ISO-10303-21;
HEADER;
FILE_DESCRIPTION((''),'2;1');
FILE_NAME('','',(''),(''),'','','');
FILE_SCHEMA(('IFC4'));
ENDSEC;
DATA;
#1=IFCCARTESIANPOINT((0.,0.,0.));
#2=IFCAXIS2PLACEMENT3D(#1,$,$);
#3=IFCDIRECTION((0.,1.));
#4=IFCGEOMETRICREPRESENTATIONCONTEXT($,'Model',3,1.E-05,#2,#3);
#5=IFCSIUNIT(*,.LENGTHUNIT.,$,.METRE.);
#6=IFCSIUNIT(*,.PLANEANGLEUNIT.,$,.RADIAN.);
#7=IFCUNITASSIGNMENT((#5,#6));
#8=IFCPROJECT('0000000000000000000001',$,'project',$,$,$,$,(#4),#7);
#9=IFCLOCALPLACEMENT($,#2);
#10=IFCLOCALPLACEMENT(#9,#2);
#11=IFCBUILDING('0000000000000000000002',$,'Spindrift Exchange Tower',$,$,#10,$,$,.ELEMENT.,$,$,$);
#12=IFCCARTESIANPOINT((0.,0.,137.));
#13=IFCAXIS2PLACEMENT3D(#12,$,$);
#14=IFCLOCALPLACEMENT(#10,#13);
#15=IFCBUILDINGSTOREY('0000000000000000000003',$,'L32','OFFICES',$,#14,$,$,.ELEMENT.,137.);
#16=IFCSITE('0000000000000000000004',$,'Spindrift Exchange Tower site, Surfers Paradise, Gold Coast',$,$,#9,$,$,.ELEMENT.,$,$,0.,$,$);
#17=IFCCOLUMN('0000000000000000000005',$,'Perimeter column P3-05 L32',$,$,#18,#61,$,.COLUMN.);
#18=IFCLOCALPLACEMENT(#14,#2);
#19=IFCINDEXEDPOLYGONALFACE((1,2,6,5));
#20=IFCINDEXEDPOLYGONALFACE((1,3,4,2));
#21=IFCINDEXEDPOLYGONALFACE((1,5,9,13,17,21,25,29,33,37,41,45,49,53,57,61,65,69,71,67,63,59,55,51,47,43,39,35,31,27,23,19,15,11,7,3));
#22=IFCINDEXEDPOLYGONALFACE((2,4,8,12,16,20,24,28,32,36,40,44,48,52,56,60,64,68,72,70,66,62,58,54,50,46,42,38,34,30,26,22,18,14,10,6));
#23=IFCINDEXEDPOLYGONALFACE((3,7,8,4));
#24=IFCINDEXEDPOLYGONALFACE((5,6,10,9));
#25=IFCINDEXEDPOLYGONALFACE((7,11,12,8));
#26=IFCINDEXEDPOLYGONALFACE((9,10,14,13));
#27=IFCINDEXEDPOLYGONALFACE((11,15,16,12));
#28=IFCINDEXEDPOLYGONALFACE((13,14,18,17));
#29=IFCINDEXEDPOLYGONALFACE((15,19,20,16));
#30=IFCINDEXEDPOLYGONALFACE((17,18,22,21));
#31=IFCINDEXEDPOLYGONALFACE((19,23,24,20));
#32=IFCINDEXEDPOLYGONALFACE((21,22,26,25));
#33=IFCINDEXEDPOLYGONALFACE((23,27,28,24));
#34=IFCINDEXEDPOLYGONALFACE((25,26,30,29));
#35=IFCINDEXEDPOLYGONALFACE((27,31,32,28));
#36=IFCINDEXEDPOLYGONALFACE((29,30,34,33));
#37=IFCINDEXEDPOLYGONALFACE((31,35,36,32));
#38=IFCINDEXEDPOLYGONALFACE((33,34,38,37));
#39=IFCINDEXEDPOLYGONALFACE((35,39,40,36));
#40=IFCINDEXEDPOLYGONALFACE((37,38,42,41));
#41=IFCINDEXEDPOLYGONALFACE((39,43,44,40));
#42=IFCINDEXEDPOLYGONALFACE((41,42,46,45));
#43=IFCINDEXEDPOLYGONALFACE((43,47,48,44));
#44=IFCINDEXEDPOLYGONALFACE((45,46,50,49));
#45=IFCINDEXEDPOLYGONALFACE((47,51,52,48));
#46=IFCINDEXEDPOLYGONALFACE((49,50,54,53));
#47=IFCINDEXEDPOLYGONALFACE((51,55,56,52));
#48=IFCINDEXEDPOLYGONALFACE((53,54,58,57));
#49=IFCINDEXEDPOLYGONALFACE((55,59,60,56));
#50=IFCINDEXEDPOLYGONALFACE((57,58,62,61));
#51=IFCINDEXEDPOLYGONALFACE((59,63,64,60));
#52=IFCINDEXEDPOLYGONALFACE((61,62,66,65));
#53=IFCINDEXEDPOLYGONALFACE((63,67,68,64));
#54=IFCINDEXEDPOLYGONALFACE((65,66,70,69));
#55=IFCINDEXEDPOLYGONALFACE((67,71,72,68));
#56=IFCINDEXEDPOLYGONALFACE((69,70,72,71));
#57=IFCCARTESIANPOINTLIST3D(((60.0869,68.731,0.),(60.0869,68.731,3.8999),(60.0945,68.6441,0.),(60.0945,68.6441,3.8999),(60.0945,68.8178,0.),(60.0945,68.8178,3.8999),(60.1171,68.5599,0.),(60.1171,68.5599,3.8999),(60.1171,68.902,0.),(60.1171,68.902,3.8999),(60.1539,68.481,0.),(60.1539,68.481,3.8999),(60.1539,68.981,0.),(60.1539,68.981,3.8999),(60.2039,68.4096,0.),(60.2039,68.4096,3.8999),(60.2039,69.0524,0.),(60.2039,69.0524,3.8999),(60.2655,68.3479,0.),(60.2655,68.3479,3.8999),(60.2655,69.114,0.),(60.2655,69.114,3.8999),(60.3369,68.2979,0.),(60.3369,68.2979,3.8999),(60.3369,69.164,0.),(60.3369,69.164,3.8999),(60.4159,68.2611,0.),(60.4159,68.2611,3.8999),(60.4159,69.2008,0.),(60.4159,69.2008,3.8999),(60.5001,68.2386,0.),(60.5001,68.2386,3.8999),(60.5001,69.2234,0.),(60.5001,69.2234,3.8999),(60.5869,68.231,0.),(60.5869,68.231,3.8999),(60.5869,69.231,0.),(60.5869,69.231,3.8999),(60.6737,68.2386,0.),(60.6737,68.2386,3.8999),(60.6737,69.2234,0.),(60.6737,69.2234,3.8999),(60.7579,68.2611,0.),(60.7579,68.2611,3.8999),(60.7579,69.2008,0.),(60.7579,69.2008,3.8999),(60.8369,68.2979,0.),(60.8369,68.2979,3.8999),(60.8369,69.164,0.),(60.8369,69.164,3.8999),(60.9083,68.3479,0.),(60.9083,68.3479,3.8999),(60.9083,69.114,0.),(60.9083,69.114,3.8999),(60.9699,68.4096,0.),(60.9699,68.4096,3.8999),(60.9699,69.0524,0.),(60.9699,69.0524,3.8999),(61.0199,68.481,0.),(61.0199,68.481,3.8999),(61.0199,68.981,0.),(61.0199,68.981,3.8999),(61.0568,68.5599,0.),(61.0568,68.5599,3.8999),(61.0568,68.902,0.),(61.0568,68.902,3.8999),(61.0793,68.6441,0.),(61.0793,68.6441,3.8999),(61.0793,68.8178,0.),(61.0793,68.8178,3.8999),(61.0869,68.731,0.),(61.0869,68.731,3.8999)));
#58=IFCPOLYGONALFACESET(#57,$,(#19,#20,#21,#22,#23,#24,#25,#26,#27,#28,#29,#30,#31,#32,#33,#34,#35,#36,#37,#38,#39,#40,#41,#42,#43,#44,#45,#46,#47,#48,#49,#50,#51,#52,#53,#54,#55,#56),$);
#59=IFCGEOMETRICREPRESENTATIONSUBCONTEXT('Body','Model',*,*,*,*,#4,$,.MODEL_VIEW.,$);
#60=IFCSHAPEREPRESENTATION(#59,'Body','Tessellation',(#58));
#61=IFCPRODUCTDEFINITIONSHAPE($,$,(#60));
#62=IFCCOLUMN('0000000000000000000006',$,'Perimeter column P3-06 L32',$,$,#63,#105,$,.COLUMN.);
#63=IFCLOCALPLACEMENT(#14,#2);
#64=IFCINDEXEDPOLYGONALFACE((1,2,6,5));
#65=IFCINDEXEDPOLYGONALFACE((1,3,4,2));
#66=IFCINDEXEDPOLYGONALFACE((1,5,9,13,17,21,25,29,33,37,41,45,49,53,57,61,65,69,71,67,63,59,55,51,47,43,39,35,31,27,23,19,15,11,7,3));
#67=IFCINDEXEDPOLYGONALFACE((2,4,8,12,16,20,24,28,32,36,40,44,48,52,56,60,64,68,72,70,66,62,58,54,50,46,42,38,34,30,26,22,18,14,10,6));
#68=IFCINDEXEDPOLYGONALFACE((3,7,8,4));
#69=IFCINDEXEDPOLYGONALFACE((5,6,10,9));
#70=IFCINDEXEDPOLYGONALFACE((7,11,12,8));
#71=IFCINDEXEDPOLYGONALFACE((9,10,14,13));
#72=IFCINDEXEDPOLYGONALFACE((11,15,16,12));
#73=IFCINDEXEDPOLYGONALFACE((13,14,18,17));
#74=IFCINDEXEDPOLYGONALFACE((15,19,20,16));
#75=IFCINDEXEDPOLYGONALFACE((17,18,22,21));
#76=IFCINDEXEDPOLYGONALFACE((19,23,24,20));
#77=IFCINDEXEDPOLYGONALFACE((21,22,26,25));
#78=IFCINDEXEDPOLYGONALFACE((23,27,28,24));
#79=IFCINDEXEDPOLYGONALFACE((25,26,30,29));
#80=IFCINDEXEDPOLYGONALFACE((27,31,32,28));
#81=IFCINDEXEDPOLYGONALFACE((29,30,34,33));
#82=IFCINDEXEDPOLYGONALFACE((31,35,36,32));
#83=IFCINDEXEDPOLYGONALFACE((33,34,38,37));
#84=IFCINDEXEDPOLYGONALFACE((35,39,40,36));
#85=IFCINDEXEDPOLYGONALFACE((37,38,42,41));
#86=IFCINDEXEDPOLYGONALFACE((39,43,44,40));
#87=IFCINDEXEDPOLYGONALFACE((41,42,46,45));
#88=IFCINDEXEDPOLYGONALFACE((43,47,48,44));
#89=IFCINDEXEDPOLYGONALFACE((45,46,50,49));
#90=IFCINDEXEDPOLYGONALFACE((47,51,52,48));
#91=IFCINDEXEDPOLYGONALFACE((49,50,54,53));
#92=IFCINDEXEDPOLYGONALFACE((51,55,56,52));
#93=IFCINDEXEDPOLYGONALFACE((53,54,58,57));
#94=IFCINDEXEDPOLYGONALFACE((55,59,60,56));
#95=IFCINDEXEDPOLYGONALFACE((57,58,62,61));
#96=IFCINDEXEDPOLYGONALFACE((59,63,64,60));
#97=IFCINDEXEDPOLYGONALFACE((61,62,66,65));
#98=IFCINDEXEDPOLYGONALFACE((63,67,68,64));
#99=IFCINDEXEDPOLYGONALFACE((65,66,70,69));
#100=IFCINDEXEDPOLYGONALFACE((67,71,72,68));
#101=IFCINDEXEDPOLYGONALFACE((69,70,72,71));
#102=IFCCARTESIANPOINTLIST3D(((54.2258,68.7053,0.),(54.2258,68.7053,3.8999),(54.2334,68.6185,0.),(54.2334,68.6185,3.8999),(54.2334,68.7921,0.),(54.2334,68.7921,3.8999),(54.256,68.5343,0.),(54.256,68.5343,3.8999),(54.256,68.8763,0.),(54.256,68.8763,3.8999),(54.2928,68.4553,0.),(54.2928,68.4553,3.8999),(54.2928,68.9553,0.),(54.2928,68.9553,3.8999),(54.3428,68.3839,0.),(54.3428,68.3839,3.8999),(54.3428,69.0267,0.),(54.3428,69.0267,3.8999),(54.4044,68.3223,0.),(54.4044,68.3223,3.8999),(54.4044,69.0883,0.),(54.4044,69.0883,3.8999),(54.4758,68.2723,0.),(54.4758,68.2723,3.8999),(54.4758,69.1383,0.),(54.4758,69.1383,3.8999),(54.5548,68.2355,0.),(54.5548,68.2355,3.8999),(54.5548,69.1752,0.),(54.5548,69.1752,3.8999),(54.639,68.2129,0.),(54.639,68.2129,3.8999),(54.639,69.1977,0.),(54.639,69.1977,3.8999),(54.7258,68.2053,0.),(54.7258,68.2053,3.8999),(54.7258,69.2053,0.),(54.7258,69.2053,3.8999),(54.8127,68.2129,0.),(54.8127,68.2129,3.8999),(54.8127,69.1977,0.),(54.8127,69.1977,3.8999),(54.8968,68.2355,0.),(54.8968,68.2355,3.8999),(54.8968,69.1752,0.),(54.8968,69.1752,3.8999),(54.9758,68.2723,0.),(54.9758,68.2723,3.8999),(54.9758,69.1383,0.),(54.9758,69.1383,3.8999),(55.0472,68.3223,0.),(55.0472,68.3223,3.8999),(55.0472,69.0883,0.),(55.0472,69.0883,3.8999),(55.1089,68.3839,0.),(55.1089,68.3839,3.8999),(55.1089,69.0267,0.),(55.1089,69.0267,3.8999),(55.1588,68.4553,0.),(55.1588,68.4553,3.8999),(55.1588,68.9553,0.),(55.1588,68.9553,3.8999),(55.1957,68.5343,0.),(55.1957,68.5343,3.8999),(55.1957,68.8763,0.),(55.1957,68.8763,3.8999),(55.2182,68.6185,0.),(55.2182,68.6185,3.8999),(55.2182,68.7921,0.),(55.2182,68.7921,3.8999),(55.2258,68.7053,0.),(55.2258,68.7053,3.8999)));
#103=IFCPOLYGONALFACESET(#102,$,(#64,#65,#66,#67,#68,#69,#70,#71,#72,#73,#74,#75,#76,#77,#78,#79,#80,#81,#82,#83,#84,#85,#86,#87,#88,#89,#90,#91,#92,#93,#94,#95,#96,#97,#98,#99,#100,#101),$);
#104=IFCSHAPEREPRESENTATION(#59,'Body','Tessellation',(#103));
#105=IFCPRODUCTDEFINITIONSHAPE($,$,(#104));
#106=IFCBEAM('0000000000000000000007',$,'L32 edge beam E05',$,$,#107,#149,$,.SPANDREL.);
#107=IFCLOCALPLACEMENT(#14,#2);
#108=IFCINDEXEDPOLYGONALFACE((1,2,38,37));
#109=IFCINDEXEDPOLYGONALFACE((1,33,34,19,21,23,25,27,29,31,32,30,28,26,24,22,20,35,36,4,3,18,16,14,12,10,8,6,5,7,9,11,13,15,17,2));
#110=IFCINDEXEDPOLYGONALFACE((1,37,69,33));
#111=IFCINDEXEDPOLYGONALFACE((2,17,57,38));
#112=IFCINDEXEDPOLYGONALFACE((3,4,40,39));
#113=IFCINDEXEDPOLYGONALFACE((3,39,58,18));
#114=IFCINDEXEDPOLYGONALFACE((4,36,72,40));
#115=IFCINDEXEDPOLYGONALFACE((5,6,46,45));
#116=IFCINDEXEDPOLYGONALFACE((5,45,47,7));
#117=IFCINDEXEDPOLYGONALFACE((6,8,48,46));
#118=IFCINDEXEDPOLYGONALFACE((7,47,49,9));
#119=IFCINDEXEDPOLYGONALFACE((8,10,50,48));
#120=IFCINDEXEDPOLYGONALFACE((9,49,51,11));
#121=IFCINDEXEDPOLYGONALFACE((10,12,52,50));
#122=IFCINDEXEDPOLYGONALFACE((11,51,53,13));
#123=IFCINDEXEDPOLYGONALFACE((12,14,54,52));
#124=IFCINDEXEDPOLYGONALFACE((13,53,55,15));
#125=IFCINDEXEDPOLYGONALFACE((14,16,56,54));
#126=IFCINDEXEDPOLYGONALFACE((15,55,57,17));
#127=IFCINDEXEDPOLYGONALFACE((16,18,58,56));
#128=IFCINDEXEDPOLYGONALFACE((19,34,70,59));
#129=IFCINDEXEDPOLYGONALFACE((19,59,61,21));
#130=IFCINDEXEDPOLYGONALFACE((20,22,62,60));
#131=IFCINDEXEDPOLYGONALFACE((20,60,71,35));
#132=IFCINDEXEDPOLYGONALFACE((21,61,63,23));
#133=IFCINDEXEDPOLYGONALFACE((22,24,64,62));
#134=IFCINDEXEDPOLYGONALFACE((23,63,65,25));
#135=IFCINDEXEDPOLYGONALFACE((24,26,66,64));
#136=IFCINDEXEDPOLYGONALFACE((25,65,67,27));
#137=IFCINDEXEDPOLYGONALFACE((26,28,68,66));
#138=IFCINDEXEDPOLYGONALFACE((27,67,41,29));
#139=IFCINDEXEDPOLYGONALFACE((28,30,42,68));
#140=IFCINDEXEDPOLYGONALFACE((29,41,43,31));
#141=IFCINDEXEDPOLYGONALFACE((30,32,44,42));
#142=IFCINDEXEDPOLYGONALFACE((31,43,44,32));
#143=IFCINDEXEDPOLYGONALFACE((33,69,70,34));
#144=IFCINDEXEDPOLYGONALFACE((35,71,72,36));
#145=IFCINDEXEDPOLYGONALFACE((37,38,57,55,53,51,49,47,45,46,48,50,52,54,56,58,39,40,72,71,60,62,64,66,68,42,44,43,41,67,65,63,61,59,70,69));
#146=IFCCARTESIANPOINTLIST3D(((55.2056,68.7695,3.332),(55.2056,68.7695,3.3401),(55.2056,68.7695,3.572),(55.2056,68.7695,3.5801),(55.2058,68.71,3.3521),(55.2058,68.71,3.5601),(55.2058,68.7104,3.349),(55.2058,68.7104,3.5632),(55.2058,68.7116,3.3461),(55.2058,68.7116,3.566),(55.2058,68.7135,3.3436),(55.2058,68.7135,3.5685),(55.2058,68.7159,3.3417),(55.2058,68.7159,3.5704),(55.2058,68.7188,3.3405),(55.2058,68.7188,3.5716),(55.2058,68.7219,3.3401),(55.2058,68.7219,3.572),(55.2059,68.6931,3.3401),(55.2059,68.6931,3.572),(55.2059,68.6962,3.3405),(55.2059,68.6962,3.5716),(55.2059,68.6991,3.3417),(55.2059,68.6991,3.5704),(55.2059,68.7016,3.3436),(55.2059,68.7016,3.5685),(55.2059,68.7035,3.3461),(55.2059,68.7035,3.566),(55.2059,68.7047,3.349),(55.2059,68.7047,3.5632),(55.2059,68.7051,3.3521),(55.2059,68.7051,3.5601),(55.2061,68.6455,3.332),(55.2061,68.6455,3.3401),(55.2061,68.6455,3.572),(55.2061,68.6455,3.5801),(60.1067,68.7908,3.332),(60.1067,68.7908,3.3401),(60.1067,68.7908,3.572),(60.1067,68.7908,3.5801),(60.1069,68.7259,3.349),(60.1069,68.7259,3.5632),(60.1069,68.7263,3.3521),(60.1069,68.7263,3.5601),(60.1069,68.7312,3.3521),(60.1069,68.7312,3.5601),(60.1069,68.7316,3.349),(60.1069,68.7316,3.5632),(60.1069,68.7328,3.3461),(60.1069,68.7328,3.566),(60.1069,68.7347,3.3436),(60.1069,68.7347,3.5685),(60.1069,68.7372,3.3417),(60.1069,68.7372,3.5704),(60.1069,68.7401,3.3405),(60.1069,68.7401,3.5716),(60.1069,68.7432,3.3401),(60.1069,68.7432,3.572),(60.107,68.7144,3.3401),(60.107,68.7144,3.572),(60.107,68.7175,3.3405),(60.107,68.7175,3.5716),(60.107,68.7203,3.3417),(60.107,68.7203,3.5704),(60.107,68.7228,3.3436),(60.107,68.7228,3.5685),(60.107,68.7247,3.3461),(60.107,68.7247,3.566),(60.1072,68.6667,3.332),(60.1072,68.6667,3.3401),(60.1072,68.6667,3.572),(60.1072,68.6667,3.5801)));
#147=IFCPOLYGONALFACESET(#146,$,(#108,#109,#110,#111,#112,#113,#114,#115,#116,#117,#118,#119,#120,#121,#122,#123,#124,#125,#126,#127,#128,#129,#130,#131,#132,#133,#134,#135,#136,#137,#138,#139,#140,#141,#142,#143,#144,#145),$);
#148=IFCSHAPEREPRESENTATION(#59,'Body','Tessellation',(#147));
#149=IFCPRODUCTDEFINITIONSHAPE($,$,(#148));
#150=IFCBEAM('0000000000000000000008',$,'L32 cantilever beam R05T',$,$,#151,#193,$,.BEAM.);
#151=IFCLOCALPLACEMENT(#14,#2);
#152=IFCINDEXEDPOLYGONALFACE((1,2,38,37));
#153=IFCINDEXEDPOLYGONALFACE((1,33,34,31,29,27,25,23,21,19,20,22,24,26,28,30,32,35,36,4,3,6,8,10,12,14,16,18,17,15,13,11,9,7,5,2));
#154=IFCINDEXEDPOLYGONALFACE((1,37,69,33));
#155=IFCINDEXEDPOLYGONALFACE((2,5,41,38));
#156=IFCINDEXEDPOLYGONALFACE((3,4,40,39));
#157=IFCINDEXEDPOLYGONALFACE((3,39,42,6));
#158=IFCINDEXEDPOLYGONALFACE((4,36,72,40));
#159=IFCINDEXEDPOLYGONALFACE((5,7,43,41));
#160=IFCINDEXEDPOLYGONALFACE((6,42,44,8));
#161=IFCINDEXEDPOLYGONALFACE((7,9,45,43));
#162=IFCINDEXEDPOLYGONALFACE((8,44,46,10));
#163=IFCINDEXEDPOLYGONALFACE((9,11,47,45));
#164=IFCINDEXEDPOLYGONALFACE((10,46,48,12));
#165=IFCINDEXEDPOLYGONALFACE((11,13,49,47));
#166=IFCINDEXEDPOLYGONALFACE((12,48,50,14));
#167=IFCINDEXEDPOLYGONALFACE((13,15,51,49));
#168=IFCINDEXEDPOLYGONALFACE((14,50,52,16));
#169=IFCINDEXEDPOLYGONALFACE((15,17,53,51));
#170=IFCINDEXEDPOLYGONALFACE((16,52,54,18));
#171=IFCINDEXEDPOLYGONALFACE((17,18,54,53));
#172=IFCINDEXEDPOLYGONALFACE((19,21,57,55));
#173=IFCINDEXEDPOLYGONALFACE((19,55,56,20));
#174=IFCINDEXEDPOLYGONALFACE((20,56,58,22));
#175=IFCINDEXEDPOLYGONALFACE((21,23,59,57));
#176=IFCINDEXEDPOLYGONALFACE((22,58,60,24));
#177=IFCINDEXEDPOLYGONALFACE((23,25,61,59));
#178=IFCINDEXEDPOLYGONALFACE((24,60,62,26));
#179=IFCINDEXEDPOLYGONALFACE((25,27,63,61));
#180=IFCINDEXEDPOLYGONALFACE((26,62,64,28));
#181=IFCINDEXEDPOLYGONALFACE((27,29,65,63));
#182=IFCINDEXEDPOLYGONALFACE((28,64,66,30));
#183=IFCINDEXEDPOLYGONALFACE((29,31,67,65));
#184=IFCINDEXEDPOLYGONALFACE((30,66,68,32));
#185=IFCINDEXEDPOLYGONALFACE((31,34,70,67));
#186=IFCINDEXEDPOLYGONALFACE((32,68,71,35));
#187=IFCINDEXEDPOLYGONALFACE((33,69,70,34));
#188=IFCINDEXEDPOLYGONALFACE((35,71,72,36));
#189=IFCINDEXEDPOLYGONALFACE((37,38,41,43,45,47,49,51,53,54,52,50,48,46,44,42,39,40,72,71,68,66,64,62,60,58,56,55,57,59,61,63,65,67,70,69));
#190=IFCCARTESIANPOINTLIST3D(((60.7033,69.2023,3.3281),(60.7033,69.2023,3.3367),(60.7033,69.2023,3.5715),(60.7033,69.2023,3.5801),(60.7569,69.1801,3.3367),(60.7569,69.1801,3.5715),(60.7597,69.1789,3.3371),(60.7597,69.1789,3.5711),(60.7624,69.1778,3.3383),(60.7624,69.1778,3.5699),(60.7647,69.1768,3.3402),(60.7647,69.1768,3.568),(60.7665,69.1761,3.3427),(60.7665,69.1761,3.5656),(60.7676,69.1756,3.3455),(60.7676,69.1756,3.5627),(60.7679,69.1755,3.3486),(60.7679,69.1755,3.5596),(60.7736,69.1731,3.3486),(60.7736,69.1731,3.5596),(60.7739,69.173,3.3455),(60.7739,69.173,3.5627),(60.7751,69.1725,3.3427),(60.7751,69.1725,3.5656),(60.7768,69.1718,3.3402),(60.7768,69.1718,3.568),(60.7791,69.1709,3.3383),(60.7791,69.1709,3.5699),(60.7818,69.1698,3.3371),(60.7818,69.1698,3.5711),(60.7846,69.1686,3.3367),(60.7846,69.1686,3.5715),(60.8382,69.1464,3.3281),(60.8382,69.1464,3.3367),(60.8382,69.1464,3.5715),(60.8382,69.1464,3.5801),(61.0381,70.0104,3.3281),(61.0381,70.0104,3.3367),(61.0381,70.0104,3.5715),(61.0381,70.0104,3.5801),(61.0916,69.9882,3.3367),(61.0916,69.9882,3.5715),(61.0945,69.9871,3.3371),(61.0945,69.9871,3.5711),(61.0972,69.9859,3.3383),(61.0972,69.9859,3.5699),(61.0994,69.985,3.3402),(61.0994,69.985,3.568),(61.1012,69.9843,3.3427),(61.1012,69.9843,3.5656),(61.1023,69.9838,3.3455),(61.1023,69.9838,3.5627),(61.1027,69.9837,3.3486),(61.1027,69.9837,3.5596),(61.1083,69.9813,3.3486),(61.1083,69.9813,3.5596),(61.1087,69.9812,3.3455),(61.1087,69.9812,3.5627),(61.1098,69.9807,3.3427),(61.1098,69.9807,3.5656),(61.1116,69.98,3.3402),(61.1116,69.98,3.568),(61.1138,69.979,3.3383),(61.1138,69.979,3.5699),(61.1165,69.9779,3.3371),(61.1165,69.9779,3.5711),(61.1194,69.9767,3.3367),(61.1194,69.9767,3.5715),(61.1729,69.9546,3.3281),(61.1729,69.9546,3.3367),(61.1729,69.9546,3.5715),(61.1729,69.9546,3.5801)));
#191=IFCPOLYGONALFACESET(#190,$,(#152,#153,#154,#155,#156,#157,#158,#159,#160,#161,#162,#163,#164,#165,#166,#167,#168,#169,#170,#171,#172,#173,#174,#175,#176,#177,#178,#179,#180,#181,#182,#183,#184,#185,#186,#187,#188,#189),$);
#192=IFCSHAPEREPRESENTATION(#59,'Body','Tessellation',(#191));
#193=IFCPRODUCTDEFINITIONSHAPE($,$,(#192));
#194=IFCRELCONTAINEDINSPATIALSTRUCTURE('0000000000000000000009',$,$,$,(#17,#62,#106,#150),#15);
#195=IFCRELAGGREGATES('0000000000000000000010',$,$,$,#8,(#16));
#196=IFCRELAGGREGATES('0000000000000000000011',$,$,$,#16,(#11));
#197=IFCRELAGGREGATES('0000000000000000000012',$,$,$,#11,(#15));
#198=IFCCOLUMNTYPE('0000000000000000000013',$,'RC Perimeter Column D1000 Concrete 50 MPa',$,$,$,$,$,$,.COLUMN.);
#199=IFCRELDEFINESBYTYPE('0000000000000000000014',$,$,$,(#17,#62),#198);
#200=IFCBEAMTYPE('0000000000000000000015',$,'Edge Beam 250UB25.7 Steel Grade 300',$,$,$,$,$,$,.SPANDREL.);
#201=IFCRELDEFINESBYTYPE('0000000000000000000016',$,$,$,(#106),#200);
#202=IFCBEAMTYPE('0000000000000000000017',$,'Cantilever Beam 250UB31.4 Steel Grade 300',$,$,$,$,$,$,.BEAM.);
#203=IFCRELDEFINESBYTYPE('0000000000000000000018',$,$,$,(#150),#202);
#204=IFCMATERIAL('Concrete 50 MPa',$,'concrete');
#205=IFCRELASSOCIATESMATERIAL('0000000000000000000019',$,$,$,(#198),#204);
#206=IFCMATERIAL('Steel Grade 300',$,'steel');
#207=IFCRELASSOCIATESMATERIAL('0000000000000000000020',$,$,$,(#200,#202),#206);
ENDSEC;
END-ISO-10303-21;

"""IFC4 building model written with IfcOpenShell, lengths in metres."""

from ifc_helpers import new_model, si_unit, direction, frame, origin, origin_2d, place, context, subcontext, project, spatial, circle, i_section, extrude, source, transform, mapped, material, material_profile, profile_set, type_object, element, save


model = new_model("IFC4")

# Units and contexts
model_context = context("Model", 3, precision=1e-05, world=origin(), true_north=direction((0.0, 1.0)))
body_context = subcontext(model_context, "Body", "Model", "MODEL_VIEW")
ifc_project = project(units=[si_unit("LENGTHUNIT", "METRE"), si_unit("PLANEANGLEUNIT", "RADIAN")], contexts=[model_context])

# Site, building, storey
site_placement = place(None, origin())
site = spatial("IfcSite", under=ifc_project, at=site_placement, Name="Spindrift Exchange Tower site, Surfers Paradise, Gold Coast", CompositionType="ELEMENT", RefElevation=0.0)
building_placement = place(site_placement, origin())
building = spatial("IfcBuilding", under=site, at=building_placement, Name="Spindrift Exchange Tower", CompositionType="ELEMENT")
storey_placement = place(building_placement, frame((0.0, 0.0, 137.0)))
storey = spatial("IfcBuildingStorey", under=building, at=storey_placement, Name="L32", Description="OFFICES", CompositionType="ELEMENT", Elevation=137.0)

# Columns
ifc_material_1 = material(Name="Concrete 50 MPa", Category="concrete")
ifc_material_profile_1 = material_profile(ifc_material_1, circle(Radius=0.5, at=origin_2d()), Name="RC D1000")
ifc_profile_set_1 = profile_set([ifc_material_profile_1], Name="Concrete 50 MPa")
column_type = type_object("IfcColumnType", Name="RC Perimeter Column D1000 Concrete 50 MPa", PredefinedType="COLUMN", material=ifc_profile_set_1)
shared_shape_1 = source(origin(), body_context, "Body", "SweptSolid", [
    extrude(circle(Radius=0.5, at=origin_2d()), origin(), (0.0, 0.0, 1.0), 3.8999),
])
for number, where, z_axis, x_axis, name in (
    (1, (60.5869, 68.731, 0.0), (0.0, 0.0, 1.0), (1.0, 0.0, 0.0), "Perimeter column P3-05 L32"),
    (2, (54.7258, 68.7053, 0.0), (0.0, 0.0, 1.0), (1.0, 0.0, 0.0), "Perimeter column P3-06 L32"),
):
    element("IfcColumn", number, at=place(storey_placement, frame(where, z_axis=z_axis, x_axis=x_axis)), inside=storey, type_object=column_type, Name=name, PredefinedType="COLUMN", context=body_context, shape_type="MappedRepresentation", body=[
        mapped(shared_shape_1, transform((0.0, 0.0, 0.0), scale=1.0)),
    ])

# Beams
ifc_material_2 = material(Name="Steel Grade 300", Category="steel")
ifc_material_profile_2 = material_profile(ifc_material_2, i_section(OverallWidth=0.124, OverallDepth=0.248, WebThickness=0.0049, FlangeThickness=0.0081, FilletRadius=0.012, at=origin_2d()), Name="250UB25.7")
ifc_profile_set_2 = profile_set([ifc_material_profile_2], Name="Steel Grade 300")
beam_type_1 = type_object("IfcBeamType", Name="Edge Beam 250UB25.7 Steel Grade 300", PredefinedType="SPANDREL", material=ifc_profile_set_2)
shared_shape_2 = source(origin(), body_context, "Body", "SweptSolid", [
    extrude(i_section(OverallWidth=0.124, OverallDepth=0.248, WebThickness=0.0049, FlangeThickness=0.0081, FilletRadius=0.012, at=origin_2d()), origin(), (0.0, 0.0, 1.0), 4.9011),
])
beam_1_placement = place(storey_placement, frame((60.1069, 68.7288, 3.4561), z_axis=(-0.999991, -0.004334, 0.0), x_axis=(0.004334, -0.999991, 0.0)))
element("IfcBeam", 3, at=beam_1_placement, inside=storey, type_object=beam_type_1, Name="L32 edge beam E05", PredefinedType="SPANDREL", context=body_context, shape_type="MappedRepresentation", body=[
    mapped(shared_shape_2, transform((0.0, 0.0, 0.0), scale=1.0)),
])
ifc_material_profile_3 = material_profile(ifc_material_2, i_section(OverallWidth=0.146, OverallDepth=0.252, WebThickness=0.0061, FlangeThickness=0.0085, FilletRadius=0.012, at=origin_2d()), Name="250UB31.4")
ifc_profile_set_3 = profile_set([ifc_material_profile_3], Name="Steel Grade 300")
beam_type_2 = type_object("IfcBeamType", Name="Cantilever Beam 250UB31.4 Steel Grade 300", PredefinedType="BEAM", material=ifc_profile_set_3)
shared_shape_3 = source(origin(), body_context, "Body", "SweptSolid", [
    extrude(i_section(OverallWidth=0.146, OverallDepth=0.252, WebThickness=0.0061, FlangeThickness=0.0085, FilletRadius=0.012, at=origin_2d()), origin(), (0.0, 0.0, 1.0), 0.8748),
])
beam_2_placement = place(storey_placement, frame((60.7708, 69.1743, 3.4541), z_axis=(0.382672, 0.923884, 0.0), x_axis=(-0.923884, 0.382672, 0.0)))
element("IfcBeam", 4, at=beam_2_placement, inside=storey, type_object=beam_type_2, Name="L32 cantilever beam R05T", PredefinedType="BEAM", context=body_context, shape_type="MappedRepresentation", body=[
    mapped(shared_shape_3, transform((0.0, 0.0, 0.0), scale=1.0)),
])

save(model, "model.ifc")
